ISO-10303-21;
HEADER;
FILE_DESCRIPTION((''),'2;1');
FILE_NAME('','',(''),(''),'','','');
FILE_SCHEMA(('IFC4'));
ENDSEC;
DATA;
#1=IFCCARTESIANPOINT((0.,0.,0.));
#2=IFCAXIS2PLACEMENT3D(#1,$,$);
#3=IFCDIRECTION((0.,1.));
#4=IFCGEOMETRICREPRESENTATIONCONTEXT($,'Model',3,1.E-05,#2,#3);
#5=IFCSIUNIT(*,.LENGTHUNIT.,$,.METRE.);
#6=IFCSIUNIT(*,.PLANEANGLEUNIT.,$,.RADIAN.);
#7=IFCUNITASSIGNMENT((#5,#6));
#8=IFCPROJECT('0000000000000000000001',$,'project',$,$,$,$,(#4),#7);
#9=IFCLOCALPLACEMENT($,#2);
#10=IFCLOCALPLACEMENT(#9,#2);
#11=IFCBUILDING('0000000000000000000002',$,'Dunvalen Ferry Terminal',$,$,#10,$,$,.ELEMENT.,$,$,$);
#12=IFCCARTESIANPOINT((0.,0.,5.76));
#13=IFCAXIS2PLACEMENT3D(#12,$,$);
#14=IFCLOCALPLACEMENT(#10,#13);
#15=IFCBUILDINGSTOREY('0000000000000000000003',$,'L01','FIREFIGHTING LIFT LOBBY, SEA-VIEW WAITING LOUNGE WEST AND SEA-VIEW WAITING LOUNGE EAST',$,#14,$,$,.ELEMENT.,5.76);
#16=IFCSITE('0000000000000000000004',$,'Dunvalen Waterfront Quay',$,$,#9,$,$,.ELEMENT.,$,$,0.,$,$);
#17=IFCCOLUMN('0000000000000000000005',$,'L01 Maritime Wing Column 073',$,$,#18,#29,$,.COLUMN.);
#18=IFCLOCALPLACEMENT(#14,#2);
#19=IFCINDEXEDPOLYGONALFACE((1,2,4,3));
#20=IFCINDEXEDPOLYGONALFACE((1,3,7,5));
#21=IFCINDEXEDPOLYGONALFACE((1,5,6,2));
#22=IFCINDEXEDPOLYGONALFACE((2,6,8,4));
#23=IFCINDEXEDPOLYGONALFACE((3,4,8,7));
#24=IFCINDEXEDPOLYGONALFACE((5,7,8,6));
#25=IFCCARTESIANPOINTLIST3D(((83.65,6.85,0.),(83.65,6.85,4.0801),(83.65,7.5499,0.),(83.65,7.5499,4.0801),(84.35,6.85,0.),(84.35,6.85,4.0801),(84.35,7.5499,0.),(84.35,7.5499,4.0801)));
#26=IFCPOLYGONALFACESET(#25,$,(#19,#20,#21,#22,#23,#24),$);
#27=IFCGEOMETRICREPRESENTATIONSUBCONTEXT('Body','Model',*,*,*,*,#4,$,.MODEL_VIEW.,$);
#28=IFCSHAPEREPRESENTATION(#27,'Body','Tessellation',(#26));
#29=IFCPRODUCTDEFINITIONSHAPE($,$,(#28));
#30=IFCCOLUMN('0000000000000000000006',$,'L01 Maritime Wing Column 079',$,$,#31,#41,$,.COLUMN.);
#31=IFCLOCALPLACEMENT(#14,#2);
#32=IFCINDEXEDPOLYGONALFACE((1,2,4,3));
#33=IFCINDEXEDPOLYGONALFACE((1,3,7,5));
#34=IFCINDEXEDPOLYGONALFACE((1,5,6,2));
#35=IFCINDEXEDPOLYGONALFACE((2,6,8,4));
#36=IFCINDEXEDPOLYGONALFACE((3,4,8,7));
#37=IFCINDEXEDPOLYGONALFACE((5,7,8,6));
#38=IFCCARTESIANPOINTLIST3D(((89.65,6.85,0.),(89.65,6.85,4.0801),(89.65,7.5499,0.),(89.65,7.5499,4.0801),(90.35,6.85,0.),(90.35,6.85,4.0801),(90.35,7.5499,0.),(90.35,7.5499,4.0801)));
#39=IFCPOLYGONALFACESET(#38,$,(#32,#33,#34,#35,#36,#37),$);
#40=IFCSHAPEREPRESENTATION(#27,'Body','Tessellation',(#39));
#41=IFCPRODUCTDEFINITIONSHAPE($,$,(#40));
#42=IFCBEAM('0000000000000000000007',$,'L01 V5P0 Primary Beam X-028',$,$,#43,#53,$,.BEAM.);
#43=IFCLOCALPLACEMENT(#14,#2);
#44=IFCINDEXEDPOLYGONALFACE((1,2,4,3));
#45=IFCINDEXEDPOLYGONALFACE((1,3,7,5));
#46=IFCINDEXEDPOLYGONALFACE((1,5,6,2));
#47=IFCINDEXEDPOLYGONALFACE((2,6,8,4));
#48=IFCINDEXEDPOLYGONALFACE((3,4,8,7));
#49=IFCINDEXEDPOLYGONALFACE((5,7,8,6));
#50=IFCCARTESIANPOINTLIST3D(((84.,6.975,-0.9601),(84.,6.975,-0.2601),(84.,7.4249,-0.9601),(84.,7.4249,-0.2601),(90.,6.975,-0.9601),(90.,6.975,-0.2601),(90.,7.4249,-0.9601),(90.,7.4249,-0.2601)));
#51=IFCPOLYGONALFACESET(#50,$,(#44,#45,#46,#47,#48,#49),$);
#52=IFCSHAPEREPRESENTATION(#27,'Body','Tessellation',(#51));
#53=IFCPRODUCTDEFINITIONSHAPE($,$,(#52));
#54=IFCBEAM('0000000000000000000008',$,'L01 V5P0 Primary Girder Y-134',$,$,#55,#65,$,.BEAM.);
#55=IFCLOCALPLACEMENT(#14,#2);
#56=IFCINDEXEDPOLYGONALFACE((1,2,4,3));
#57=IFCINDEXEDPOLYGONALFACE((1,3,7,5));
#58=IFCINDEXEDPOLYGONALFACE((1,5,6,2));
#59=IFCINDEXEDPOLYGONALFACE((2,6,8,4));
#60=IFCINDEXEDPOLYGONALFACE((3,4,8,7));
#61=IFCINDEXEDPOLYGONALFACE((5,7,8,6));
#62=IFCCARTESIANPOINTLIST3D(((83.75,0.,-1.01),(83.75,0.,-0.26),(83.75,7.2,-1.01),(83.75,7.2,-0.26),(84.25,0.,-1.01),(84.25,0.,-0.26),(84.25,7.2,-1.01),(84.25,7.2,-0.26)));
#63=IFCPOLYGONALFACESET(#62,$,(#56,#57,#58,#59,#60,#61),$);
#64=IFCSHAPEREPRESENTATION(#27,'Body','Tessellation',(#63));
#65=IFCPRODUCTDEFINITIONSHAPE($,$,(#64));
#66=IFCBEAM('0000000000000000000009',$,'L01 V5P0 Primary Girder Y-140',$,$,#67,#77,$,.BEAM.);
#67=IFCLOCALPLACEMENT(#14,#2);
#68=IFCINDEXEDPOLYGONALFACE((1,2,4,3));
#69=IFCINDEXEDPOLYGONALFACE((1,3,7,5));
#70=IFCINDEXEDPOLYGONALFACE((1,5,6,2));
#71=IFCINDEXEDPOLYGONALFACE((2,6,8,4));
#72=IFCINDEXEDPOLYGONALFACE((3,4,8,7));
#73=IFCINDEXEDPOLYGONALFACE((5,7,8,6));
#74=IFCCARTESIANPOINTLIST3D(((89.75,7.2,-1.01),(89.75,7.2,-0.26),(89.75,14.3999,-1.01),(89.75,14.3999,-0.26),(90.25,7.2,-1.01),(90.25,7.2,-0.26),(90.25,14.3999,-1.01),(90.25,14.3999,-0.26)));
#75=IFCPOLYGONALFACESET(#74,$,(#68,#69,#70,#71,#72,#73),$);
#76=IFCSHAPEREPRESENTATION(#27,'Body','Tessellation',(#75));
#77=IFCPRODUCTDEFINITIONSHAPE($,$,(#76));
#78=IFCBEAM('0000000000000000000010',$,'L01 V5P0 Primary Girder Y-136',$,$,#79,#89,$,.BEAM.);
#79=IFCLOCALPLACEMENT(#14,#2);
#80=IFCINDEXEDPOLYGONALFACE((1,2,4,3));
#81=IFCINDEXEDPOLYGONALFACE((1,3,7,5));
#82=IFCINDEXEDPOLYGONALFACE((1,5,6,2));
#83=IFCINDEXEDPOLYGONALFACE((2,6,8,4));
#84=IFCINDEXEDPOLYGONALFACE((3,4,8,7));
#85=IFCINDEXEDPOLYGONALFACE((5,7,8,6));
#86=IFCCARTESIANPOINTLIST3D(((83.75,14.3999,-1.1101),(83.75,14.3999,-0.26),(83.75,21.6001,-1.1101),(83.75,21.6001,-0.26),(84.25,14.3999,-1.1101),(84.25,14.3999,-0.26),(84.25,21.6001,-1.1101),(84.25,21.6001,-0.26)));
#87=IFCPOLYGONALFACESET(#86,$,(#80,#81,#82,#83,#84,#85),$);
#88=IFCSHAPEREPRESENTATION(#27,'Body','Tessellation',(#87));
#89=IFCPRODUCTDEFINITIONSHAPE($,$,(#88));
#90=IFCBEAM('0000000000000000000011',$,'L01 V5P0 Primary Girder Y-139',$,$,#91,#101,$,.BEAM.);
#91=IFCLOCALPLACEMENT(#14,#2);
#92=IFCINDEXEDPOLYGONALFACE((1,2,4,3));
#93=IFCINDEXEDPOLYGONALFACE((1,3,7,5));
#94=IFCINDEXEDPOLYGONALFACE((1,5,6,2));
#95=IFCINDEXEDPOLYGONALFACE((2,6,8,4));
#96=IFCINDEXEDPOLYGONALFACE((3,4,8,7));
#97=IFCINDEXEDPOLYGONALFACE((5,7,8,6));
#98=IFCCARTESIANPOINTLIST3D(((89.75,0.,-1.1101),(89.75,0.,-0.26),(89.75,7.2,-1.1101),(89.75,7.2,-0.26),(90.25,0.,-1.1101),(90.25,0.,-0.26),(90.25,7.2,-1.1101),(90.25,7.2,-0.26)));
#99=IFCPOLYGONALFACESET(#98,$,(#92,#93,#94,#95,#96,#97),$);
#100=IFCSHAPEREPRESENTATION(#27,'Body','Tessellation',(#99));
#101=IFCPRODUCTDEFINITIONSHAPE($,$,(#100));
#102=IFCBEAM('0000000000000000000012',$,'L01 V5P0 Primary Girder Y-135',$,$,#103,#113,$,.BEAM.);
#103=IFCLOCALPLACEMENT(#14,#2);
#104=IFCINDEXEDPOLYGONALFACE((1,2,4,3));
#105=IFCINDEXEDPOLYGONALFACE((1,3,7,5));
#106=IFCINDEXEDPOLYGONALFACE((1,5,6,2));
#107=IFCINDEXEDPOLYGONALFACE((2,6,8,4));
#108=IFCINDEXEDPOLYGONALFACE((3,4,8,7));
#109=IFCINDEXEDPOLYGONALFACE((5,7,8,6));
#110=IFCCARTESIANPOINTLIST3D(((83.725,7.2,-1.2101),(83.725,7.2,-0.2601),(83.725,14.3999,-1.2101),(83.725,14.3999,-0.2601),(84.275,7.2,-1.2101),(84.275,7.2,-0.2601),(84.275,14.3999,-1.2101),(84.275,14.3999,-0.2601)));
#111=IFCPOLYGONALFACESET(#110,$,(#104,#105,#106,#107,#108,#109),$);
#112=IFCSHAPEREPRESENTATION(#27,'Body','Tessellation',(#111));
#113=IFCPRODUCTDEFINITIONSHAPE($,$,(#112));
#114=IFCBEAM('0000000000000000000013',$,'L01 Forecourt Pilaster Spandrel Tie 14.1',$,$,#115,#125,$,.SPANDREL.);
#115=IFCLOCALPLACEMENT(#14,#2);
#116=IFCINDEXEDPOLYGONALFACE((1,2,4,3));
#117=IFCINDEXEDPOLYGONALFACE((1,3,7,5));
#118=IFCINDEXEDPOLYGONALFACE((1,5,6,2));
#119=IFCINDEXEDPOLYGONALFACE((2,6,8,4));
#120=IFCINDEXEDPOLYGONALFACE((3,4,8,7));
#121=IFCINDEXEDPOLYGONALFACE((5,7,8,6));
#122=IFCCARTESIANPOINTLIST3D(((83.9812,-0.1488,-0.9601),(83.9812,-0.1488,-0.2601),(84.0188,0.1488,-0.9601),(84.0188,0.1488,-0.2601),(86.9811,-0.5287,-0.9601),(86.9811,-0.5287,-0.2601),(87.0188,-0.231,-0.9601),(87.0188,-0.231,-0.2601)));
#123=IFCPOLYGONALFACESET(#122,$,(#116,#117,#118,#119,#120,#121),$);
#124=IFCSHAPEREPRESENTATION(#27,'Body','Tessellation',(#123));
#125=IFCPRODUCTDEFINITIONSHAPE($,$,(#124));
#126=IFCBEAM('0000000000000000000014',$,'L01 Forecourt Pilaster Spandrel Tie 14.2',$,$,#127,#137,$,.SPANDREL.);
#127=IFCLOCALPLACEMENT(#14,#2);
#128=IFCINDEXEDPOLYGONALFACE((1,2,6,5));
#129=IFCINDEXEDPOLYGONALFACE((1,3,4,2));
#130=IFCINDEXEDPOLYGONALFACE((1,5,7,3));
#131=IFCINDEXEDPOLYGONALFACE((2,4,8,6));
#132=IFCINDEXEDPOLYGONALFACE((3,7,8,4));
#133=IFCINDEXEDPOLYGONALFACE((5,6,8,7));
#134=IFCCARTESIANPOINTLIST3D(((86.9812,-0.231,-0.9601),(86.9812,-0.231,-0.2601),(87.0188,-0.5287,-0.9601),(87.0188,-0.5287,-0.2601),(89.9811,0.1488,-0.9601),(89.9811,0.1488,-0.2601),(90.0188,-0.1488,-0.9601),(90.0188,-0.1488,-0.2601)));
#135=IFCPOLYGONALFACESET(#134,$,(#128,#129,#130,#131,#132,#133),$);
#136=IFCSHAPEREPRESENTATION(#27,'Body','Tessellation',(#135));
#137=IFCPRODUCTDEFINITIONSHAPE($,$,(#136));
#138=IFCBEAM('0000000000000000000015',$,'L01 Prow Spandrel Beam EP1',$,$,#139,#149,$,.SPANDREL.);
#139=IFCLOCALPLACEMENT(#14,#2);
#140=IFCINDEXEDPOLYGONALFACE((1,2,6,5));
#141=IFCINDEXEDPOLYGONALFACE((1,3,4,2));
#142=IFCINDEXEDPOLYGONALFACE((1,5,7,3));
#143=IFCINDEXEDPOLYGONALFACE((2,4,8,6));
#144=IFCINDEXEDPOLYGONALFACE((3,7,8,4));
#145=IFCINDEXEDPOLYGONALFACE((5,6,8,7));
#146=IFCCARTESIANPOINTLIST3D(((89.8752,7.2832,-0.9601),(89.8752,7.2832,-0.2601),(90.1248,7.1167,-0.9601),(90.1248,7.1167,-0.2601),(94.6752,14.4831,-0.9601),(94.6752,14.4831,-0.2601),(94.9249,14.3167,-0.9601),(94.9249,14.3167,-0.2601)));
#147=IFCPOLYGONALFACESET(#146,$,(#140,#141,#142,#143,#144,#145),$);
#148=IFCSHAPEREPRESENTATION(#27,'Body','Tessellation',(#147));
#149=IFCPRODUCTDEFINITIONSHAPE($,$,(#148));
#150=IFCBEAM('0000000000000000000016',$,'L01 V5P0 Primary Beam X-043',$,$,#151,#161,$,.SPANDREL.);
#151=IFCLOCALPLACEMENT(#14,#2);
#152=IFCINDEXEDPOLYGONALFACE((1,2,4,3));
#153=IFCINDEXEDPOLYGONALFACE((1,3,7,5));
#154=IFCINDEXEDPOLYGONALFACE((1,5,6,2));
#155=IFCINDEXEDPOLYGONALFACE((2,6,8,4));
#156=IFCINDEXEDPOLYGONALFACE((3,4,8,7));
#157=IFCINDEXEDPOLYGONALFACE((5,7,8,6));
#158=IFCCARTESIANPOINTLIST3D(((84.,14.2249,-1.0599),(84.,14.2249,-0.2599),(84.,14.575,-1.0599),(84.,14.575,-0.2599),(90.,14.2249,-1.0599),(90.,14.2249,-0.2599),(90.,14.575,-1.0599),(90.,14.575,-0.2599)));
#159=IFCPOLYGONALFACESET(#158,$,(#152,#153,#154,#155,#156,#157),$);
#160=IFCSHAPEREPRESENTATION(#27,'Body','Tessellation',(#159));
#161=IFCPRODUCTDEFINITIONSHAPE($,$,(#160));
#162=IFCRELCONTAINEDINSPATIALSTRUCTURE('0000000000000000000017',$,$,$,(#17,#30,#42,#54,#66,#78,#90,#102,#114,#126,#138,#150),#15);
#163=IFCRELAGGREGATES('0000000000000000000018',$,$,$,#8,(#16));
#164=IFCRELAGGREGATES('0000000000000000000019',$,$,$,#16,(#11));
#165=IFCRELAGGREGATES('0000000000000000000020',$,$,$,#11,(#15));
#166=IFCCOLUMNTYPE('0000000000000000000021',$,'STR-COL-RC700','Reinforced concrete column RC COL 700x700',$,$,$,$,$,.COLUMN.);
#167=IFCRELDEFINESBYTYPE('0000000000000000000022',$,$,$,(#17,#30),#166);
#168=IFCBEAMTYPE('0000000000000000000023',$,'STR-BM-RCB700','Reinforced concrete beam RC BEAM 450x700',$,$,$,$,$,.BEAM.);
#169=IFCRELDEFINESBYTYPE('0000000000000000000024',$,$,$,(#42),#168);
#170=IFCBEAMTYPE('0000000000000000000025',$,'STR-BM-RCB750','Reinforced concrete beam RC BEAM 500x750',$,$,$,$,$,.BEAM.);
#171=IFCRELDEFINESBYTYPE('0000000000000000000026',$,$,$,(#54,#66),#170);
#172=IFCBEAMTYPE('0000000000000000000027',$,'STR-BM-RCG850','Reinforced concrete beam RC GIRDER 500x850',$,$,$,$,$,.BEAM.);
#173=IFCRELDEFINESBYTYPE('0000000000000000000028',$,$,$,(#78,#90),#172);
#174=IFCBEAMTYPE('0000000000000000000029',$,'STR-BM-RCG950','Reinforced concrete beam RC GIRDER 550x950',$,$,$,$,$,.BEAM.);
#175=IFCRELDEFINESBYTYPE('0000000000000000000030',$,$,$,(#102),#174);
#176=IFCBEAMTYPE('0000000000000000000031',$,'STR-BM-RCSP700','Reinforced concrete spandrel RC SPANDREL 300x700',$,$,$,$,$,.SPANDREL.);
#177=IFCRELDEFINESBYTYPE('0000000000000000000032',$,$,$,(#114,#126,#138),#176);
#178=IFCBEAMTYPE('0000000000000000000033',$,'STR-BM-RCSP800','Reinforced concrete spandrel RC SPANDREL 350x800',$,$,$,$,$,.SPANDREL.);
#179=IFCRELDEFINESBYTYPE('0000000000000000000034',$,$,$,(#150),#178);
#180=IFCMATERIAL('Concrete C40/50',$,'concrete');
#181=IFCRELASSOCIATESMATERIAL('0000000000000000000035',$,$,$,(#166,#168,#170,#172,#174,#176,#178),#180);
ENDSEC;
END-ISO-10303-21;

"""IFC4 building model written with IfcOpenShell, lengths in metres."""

from ifc_helpers import new_model, si_unit, direction, frame, origin, origin_2d, place, context, subcontext, project, spatial, rectangle, extrude, material, material_profile, profile_set, type_object, element, save


model = new_model("IFC4")

# Units and contexts
model_context = context("Model", 3, precision=1e-05, world=origin(), true_north=direction((0.0, 1.0)))
body_context = subcontext(model_context, "Body", "Model", "MODEL_VIEW")
ifc_project = project(units=[si_unit("LENGTHUNIT", "METRE"), si_unit("PLANEANGLEUNIT", "RADIAN")], contexts=[model_context])

# Site, building, storey
site_placement = place(None, origin())
site = spatial("IfcSite", under=ifc_project, at=site_placement, Name="Dunvalen Waterfront Quay", CompositionType="ELEMENT", RefElevation=0.0)
building_placement = place(site_placement, origin())
building = spatial("IfcBuilding", under=site, at=building_placement, Name="Dunvalen Ferry Terminal", CompositionType="ELEMENT")
storey_placement = place(building_placement, frame((0.0, 0.0, 5.76)))
storey = spatial("IfcBuildingStorey", under=building, at=storey_placement, Name="L01", Description="FIREFIGHTING LIFT LOBBY, SEA-VIEW WAITING LOUNGE WEST AND SEA-VIEW WAITING LOUNGE EAST", CompositionType="ELEMENT", Elevation=5.76)

# Columns
ifc_material_1 = material(Name="Concrete C40/50", Category="concrete")
ifc_material_profile_1 = material_profile(ifc_material_1, rectangle(XDim=0.7, YDim=0.7, at=origin_2d()), Name="Concrete C40/50")
ifc_profile_set_1 = profile_set([ifc_material_profile_1], Name="Concrete C40/50")
column_type = type_object("IfcColumnType", Name="STR-COL-RC700", Description="Reinforced concrete column RC COL 700x700", PredefinedType="COLUMN", material=ifc_profile_set_1)
for number, where, z_axis, x_axis, name in (
    (1, (84.0, 7.2, 0.0), (0.0, 0.0, 1.0), (1.0, 0.0, 0.0), "L01 Maritime Wing Column 073"),
    (2, (90.0, 7.2, 0.0), (0.0, 0.0, 1.0), (1.0, 0.0, 0.0), "L01 Maritime Wing Column 079"),
):
    element("IfcColumn", number, at=place(storey_placement, frame(where, z_axis=z_axis, x_axis=x_axis)), inside=storey, type_object=column_type, Name=name, PredefinedType="COLUMN", context=body_context, shape_type="SweptSolid", body=[
        extrude(rectangle(XDim=0.7, YDim=0.7, at=origin_2d()), origin(), (0.0, 0.0, 1.0), 4.0801),
    ])

# Beams
ifc_material_profile_2 = material_profile(ifc_material_1, rectangle(XDim=0.45, YDim=0.7, at=origin_2d()), Name="Concrete C40/50")
ifc_profile_set_2 = profile_set([ifc_material_profile_2], Name="Concrete C40/50")
beam_type_1 = type_object("IfcBeamType", Name="STR-BM-RCB700", Description="Reinforced concrete beam RC BEAM 450x700", PredefinedType="BEAM", material=ifc_profile_set_2)
beam_1_placement = place(storey_placement, frame((84.0, 7.2, -0.6101), z_axis=(1.0, 0.0, 0.0), x_axis=(0.0, 1.0, 0.0)))
element("IfcBeam", 3, at=beam_1_placement, inside=storey, type_object=beam_type_1, Name="L01 V5P0 Primary Beam X-028", PredefinedType="BEAM", context=body_context, shape_type="SweptSolid", body=[
    extrude(rectangle(XDim=0.45, YDim=0.7, at=origin_2d()), origin(), (0.0, 0.0, 1.0), 6.0),
])
ifc_material_profile_3 = material_profile(ifc_material_1, rectangle(XDim=0.5, YDim=0.75, at=origin_2d()), Name="Concrete C40/50")
ifc_profile_set_3 = profile_set([ifc_material_profile_3], Name="Concrete C40/50")
beam_type_2 = type_object("IfcBeamType", Name="STR-BM-RCB750", Description="Reinforced concrete beam RC BEAM 500x750", PredefinedType="BEAM", material=ifc_profile_set_3)
for number, where, z_axis, x_axis, name in (
    (4, (84.0, 0.0, -0.635), (0.0, 1.0, 0.0), (-1.0, 0.0, 0.0), "L01 V5P0 Primary Girder Y-134"),
    (5, (90.0, 7.2, -0.635), (0.0, 1.0, 0.0), (-1.0, 0.0, 0.0), "L01 V5P0 Primary Girder Y-140"),
):
    element("IfcBeam", number, at=place(storey_placement, frame(where, z_axis=z_axis, x_axis=x_axis)), inside=storey, type_object=beam_type_2, Name=name, PredefinedType="BEAM", context=body_context, shape_type="SweptSolid", body=[
        extrude(rectangle(XDim=0.5, YDim=0.75, at=origin_2d()), origin(), (0.0, 0.0, 1.0), 7.2),
    ])
ifc_material_profile_4 = material_profile(ifc_material_1, rectangle(XDim=0.5, YDim=0.8501, at=origin_2d()), Name="Concrete C40/50")
ifc_profile_set_4 = profile_set([ifc_material_profile_4], Name="Concrete C40/50")
beam_type_3 = type_object("IfcBeamType", Name="STR-BM-RCG850", Description="Reinforced concrete beam RC GIRDER 500x850", PredefinedType="BEAM", material=ifc_profile_set_4)
beam_2_placement = place(storey_placement, frame((84.0, 14.3999, -0.6851), z_axis=(0.0, 1.0, 0.0), x_axis=(-1.0, 0.0, 0.0)))
element("IfcBeam", 6, at=beam_2_placement, inside=storey, type_object=beam_type_3, Name="L01 V5P0 Primary Girder Y-136", PredefinedType="BEAM", context=body_context, shape_type="SweptSolid", body=[
    extrude(rectangle(XDim=0.5, YDim=0.8501, at=origin_2d()), origin(), (0.0, 0.0, 1.0), 7.2002),
])
beam_3_placement = place(storey_placement, frame((90.0, 0.0, -0.6851), z_axis=(0.0, 1.0, 0.0), x_axis=(-1.0, 0.0, 0.0)))
element("IfcBeam", 7, at=beam_3_placement, inside=storey, type_object=beam_type_3, Name="L01 V5P0 Primary Girder Y-139", PredefinedType="BEAM", context=body_context, shape_type="SweptSolid", body=[
    extrude(rectangle(XDim=0.5, YDim=0.8501, at=origin_2d()), origin(), (0.0, 0.0, 1.0), 7.2),
])
ifc_material_profile_5 = material_profile(ifc_material_1, rectangle(XDim=0.55, YDim=0.95, at=origin_2d()), Name="Concrete C40/50")
ifc_profile_set_5 = profile_set([ifc_material_profile_5], Name="Concrete C40/50")
beam_type_4 = type_object("IfcBeamType", Name="STR-BM-RCG950", Description="Reinforced concrete beam RC GIRDER 550x950", PredefinedType="BEAM", material=ifc_profile_set_5)
beam_4_placement = place(storey_placement, frame((84.0, 7.2, -0.7351), z_axis=(0.0, 1.0, 0.0), x_axis=(-1.0, 0.0, 0.0)))
element("IfcBeam", 8, at=beam_4_placement, inside=storey, type_object=beam_type_4, Name="L01 V5P0 Primary Girder Y-135", PredefinedType="BEAM", context=body_context, shape_type="SweptSolid", body=[
    extrude(rectangle(XDim=0.55, YDim=0.95, at=origin_2d()), origin(), (0.0, 0.0, 1.0), 7.2),
])
ifc_material_profile_6 = material_profile(ifc_material_1, rectangle(XDim=0.3, YDim=0.7, at=origin_2d()), Name="Concrete C40/50")
ifc_profile_set_6 = profile_set([ifc_material_profile_6], Name="Concrete C40/50")
beam_type_5 = type_object("IfcBeamType", Name="STR-BM-RCSP700", Description="Reinforced concrete spandrel RC SPANDREL 300x700", PredefinedType="SPANDREL", material=ifc_profile_set_6)
for number, where, z_axis, x_axis, name in (
    (9, (84.0, 0.0, -0.6101), (0.992078, -0.125624, 0.0), (0.125624, 0.992078, 0.0), "L01 Forecourt Pilaster Spandrel Tie 14.1"),
    (10, (87.0, -0.3799, -0.6101), (0.992078, 0.125624, 0.0), (-0.125624, 0.992078, 0.0), "L01 Forecourt Pilaster Spandrel Tie 14.2"),
):
    element("IfcBeam", number, at=place(storey_placement, frame(where, z_axis=z_axis, x_axis=x_axis)), inside=storey, type_object=beam_type_5, Name=name, PredefinedType="SPANDREL", context=body_context, shape_type="SweptSolid", body=[
        extrude(rectangle(XDim=0.3, YDim=0.7, at=origin_2d()), origin(), (0.0, 0.0, 1.0), 3.0239),
    ])
beam_5_placement = place(storey_placement, frame((90.0, 7.2, -0.6101), z_axis=(0.554707, 0.832046, 0.0), x_axis=(-0.832046, 0.554707, 0.0)))
element("IfcBeam", 11, at=beam_5_placement, inside=storey, type_object=beam_type_5, Name="L01 Prow Spandrel Beam EP1", PredefinedType="SPANDREL", context=body_context, shape_type="SweptSolid", body=[
    extrude(rectangle(XDim=0.3, YDim=0.7, at=origin_2d()), origin(), (0.0, 0.0, 1.0), 8.6533),
])
ifc_material_profile_7 = material_profile(ifc_material_1, rectangle(XDim=0.3501, YDim=0.8, at=origin_2d()), Name="Concrete C40/50")
ifc_profile_set_7 = profile_set([ifc_material_profile_7], Name="Concrete C40/50")
beam_type_6 = type_object("IfcBeamType", Name="STR-BM-RCSP800", Description="Reinforced concrete spandrel RC SPANDREL 350x800", PredefinedType="SPANDREL", material=ifc_profile_set_7)
beam_6_placement = place(storey_placement, frame((84.0, 14.3999, -0.6599), z_axis=(1.0, 0.0, 0.0), x_axis=(0.0, 1.0, 0.0)))
element("IfcBeam", 12, at=beam_6_placement, inside=storey, type_object=beam_type_6, Name="L01 V5P0 Primary Beam X-043", PredefinedType="SPANDREL", context=body_context, shape_type="SweptSolid", body=[
    extrude(rectangle(XDim=0.3501, YDim=0.8, at=origin_2d()), origin(), (0.0, 0.0, 1.0), 6.0),
])

save(model, "model.ifc")
